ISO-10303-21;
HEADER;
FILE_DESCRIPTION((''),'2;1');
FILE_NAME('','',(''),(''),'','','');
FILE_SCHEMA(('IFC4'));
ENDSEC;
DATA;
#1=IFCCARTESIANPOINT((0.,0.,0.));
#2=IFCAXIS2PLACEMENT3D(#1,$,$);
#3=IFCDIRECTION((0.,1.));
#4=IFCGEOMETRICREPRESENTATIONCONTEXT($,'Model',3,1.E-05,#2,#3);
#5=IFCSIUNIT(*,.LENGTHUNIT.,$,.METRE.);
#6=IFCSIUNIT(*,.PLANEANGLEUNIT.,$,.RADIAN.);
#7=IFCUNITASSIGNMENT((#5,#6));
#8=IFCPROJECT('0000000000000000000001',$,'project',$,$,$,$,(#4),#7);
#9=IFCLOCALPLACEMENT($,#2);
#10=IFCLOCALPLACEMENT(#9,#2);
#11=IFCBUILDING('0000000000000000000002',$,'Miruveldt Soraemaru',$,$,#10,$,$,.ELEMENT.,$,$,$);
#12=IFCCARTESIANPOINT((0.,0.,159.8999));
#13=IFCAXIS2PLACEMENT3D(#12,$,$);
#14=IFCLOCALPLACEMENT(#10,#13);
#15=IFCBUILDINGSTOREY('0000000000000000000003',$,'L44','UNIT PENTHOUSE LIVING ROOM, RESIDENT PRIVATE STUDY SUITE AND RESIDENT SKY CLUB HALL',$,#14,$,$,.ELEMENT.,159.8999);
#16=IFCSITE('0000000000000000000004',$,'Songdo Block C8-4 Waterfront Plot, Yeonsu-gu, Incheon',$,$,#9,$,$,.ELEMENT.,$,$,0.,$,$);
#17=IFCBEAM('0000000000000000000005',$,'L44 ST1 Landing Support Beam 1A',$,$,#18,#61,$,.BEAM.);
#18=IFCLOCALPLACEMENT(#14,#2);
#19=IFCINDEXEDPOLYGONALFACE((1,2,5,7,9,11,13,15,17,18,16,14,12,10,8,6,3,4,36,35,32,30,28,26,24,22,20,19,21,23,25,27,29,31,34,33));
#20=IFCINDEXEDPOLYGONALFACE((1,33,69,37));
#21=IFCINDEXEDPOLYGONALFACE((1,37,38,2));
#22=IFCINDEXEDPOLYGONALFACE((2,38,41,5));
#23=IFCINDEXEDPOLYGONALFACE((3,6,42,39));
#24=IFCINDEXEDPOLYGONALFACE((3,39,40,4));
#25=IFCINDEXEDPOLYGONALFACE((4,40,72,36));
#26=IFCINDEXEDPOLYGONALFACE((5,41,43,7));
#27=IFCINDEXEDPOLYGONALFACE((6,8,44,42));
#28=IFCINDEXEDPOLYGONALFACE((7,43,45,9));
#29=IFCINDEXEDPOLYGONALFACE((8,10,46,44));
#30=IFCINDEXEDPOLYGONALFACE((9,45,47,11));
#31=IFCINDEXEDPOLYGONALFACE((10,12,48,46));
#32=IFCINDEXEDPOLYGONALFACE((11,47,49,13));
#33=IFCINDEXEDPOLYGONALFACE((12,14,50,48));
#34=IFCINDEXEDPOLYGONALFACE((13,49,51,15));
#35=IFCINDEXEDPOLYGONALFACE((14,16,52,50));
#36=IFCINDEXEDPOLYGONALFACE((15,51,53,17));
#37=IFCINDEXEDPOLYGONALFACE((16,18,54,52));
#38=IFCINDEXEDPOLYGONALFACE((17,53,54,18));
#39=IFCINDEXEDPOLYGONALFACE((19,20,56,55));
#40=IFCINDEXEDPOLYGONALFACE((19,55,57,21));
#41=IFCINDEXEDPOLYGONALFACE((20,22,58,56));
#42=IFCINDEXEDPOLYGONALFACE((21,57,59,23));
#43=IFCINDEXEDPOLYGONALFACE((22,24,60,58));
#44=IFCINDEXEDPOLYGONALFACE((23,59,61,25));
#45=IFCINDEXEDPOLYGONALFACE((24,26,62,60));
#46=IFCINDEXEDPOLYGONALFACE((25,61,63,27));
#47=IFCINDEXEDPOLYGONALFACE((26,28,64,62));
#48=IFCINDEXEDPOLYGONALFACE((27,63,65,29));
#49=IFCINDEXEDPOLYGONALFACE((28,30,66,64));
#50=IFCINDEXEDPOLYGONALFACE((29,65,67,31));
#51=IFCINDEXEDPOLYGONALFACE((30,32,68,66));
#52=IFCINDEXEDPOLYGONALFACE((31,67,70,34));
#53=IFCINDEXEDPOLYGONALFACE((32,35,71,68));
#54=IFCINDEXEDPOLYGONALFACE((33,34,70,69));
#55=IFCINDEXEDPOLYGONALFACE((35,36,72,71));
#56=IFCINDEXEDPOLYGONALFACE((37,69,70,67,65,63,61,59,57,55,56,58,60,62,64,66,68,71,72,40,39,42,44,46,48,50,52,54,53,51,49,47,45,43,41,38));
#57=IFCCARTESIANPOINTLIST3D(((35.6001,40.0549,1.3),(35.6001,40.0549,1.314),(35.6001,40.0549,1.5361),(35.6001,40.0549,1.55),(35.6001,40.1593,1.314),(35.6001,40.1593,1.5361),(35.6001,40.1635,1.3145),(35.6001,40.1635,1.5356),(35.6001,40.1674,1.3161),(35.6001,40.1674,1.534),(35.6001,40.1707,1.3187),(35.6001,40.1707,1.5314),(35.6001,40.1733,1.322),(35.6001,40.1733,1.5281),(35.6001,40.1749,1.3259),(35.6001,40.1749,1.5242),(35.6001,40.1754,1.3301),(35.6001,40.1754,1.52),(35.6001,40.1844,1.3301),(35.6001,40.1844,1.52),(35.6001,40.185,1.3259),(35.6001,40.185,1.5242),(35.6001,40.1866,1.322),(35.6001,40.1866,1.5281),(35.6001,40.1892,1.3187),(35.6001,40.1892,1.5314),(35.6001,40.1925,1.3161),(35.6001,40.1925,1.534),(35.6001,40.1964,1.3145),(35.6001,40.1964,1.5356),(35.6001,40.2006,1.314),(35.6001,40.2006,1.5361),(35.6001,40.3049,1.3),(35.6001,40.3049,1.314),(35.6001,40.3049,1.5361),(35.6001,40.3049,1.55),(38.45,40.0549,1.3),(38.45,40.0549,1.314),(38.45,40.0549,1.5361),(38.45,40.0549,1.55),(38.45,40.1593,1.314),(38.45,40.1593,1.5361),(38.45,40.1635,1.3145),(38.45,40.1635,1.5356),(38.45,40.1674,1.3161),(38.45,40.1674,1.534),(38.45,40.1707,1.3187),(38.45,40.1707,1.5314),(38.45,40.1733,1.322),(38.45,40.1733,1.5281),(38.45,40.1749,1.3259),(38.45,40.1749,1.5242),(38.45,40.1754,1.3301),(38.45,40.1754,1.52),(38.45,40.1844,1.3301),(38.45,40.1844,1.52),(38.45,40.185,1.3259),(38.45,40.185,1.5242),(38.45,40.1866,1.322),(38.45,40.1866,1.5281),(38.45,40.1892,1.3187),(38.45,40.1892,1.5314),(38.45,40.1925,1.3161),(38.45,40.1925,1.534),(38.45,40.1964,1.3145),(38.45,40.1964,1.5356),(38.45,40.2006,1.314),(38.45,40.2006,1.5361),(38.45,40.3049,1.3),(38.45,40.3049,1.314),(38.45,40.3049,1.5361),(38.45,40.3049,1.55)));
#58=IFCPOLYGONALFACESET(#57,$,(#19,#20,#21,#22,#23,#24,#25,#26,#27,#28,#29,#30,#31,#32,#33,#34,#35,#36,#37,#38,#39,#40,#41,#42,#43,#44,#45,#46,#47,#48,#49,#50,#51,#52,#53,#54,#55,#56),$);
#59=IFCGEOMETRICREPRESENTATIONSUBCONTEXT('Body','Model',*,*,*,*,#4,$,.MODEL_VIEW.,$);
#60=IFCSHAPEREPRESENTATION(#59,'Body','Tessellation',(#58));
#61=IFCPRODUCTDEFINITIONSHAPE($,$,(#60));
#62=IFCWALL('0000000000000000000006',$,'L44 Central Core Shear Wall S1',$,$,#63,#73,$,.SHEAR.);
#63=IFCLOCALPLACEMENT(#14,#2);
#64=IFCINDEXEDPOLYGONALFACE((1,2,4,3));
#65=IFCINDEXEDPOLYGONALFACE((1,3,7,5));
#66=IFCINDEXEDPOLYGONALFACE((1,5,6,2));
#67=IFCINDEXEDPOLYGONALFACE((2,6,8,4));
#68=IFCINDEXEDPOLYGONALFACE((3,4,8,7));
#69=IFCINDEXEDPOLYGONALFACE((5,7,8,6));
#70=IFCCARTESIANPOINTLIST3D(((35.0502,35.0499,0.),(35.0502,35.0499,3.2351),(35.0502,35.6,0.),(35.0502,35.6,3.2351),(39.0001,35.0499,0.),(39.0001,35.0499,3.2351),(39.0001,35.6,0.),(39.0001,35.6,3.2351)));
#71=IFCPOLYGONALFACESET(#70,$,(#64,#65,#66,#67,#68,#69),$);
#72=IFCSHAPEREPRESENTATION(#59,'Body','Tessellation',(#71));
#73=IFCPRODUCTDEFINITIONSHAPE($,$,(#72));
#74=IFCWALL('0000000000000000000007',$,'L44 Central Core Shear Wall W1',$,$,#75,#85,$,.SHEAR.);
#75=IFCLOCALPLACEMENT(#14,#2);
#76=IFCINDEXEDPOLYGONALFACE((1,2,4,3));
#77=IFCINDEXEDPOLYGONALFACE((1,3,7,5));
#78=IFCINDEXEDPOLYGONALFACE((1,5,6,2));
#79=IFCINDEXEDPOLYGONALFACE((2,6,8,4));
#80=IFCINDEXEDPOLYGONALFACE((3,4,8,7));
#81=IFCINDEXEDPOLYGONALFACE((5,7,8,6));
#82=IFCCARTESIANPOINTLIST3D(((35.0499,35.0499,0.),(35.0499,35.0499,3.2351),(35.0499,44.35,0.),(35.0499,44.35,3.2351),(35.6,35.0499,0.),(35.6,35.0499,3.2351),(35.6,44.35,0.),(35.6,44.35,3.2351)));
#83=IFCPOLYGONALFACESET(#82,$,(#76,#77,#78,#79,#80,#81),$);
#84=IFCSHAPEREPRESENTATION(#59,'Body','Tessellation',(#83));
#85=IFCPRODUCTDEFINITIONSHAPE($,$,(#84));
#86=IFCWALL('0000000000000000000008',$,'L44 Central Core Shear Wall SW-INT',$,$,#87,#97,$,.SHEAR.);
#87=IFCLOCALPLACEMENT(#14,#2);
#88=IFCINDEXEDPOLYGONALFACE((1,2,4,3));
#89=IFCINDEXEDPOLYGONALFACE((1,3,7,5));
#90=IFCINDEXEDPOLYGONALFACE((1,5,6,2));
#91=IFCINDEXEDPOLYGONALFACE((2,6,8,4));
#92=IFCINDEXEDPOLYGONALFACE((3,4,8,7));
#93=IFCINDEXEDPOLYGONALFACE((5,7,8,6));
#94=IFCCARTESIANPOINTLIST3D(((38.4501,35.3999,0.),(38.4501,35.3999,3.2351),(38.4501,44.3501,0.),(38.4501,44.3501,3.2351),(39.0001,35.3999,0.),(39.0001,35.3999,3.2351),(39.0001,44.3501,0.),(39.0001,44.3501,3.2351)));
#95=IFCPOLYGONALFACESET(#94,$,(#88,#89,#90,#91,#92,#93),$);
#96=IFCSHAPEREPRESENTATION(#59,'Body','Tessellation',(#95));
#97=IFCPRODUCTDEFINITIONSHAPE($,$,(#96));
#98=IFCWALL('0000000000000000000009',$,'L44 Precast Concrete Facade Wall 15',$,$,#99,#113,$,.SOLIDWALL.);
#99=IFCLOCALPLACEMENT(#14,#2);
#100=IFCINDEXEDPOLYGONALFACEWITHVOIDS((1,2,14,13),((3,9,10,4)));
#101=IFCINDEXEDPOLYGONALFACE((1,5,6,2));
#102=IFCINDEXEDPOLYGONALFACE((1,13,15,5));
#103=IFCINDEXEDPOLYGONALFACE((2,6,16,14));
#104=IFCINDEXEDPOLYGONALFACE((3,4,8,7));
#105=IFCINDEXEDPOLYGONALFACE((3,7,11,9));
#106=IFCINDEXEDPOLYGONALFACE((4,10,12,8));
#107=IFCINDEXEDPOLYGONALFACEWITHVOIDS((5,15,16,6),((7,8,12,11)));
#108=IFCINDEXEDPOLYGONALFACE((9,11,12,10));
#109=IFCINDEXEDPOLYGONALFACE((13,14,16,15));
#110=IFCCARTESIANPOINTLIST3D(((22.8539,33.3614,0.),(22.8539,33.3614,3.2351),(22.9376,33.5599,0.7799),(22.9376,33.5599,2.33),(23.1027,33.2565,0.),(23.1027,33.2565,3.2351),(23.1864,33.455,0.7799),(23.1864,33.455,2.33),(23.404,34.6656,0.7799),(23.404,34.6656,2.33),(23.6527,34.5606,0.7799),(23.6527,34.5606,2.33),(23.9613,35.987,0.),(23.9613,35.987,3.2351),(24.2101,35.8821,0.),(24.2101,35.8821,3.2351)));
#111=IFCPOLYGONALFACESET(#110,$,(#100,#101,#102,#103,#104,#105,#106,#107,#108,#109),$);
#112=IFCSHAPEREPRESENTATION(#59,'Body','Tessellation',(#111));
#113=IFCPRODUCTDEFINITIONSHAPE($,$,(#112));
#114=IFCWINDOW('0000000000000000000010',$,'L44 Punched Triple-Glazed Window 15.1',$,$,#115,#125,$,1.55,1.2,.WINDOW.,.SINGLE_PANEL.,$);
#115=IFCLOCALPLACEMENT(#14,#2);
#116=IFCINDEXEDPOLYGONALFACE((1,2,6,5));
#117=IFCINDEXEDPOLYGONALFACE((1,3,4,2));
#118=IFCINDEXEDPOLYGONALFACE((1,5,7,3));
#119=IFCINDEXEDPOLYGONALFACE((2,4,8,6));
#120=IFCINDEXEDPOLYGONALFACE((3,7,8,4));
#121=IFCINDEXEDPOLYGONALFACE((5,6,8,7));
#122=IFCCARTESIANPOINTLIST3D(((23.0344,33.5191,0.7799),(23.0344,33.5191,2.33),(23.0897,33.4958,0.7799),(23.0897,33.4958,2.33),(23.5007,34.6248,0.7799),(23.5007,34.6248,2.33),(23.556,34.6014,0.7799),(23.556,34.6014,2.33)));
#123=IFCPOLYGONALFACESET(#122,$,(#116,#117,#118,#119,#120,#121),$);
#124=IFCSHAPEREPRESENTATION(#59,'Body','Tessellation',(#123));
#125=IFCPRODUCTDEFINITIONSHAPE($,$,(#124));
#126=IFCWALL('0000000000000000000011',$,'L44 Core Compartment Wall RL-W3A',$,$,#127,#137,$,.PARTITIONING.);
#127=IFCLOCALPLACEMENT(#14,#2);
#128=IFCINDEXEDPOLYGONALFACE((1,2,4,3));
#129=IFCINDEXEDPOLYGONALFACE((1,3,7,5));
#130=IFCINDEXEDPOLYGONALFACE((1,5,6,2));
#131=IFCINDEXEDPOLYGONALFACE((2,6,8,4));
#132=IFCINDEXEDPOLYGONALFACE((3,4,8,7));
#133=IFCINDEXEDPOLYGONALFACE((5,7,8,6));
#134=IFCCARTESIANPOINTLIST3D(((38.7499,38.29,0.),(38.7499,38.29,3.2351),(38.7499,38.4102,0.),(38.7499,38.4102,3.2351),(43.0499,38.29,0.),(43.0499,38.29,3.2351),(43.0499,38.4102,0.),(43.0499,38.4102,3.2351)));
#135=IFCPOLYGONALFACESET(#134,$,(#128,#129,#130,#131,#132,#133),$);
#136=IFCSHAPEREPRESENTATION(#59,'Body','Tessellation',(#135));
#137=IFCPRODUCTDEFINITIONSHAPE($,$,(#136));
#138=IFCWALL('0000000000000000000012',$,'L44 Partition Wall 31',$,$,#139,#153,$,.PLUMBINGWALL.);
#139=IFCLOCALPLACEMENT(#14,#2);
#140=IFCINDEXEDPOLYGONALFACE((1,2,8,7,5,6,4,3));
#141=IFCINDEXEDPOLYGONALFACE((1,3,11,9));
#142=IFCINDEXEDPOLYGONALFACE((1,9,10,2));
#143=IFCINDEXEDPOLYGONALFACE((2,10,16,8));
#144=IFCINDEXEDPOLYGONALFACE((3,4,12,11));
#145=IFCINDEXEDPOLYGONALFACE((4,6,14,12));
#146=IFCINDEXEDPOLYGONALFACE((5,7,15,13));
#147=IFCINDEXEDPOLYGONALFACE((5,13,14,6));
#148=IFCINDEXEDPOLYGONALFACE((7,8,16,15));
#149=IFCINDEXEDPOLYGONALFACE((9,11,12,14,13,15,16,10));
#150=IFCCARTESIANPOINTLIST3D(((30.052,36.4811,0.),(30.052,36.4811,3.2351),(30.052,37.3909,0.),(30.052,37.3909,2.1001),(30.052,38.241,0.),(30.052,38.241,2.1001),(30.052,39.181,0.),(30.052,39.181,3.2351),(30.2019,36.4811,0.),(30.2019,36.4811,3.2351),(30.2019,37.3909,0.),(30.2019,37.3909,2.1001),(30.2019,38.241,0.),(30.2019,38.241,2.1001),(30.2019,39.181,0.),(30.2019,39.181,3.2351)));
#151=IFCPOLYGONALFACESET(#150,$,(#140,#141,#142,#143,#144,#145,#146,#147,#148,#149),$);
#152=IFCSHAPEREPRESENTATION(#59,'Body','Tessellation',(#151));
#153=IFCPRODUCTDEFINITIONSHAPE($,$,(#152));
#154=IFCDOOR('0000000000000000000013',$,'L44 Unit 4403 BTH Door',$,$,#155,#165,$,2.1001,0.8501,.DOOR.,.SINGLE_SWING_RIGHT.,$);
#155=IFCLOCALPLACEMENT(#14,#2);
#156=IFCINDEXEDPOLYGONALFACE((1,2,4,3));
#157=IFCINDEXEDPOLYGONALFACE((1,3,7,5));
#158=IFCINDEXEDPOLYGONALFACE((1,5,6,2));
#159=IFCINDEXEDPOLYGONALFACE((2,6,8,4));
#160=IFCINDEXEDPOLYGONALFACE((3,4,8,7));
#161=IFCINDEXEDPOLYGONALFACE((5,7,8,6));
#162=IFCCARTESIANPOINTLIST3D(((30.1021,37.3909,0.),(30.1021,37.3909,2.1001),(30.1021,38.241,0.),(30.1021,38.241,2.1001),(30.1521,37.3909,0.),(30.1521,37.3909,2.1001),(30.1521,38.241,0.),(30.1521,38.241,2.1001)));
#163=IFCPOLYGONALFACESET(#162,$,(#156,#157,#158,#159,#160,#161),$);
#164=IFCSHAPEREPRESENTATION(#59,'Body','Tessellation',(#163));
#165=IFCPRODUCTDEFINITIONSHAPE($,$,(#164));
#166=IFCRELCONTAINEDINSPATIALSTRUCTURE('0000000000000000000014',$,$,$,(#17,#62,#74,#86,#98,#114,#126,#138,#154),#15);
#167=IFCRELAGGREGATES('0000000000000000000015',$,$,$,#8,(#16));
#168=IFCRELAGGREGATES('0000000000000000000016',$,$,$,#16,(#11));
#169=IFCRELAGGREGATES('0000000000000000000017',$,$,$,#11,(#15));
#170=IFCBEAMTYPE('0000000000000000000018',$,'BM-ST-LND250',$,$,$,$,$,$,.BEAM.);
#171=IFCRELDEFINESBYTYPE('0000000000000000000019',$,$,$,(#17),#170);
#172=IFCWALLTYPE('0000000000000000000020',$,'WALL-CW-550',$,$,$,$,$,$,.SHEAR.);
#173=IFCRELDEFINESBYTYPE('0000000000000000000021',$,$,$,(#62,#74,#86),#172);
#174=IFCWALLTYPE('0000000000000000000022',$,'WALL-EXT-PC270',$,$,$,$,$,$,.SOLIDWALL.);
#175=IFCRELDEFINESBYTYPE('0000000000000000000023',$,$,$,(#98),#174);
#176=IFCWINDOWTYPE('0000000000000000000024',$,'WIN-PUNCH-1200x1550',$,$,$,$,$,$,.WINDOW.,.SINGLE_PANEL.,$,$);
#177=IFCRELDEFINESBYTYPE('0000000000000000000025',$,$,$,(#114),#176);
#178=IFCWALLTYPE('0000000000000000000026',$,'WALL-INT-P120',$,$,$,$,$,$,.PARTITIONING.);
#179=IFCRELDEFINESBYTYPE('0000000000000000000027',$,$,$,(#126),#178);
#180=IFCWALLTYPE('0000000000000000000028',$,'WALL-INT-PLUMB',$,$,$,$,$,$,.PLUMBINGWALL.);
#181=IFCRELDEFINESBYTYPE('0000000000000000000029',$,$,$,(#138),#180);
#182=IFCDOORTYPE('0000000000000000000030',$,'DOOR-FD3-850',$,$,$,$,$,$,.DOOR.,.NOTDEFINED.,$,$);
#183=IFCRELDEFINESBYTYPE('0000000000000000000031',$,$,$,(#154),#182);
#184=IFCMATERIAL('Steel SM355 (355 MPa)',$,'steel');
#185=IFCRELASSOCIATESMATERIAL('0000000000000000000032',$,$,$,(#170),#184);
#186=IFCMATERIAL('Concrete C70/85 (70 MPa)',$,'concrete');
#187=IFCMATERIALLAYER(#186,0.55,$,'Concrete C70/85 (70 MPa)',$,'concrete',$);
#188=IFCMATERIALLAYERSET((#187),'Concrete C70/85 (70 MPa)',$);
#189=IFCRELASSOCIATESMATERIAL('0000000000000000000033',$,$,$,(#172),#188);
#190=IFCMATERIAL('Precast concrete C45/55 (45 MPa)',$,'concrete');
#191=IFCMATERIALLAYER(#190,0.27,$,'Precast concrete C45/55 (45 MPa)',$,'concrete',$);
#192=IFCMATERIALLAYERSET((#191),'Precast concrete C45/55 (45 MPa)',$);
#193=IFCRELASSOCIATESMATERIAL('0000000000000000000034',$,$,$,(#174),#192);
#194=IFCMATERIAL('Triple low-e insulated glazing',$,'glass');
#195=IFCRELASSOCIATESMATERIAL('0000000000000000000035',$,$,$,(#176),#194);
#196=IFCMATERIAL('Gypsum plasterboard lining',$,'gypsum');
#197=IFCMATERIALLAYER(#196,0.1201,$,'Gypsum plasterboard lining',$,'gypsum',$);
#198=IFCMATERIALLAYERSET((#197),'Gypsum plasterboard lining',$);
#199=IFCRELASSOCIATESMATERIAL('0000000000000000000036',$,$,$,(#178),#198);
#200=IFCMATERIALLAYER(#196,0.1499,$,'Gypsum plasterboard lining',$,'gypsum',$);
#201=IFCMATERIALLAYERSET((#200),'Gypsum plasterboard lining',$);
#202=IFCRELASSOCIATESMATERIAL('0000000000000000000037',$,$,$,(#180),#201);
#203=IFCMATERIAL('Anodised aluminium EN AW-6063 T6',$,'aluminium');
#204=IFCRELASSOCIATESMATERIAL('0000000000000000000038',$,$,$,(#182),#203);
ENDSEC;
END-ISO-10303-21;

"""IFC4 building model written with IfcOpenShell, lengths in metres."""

from ifc_helpers import new_model, si_unit, direction, frame, frame_2d, origin, origin_2d, place, context, subcontext, project, spatial, rectangle, i_section, extrude, material, layer, layer_set, material_profile, profile_set, type_object, element, fill, save


model = new_model("IFC4")

# Units and contexts
model_context = context("Model", 3, precision=1e-05, world=origin(), true_north=direction((0.0, 1.0)))
body_context = subcontext(model_context, "Body", "Model", "MODEL_VIEW")
ifc_project = project(units=[si_unit("LENGTHUNIT", "METRE"), si_unit("PLANEANGLEUNIT", "RADIAN")], contexts=[model_context])

# Site, building, storey
site_placement = place(None, origin())
site = spatial("IfcSite", under=ifc_project, at=site_placement, Name="Songdo Block C8-4 Waterfront Plot, Yeonsu-gu, Incheon", CompositionType="ELEMENT", RefElevation=0.0)
building_placement = place(site_placement, origin())
building = spatial("IfcBuilding", under=site, at=building_placement, Name="Miruveldt Soraemaru", CompositionType="ELEMENT")
storey_placement = place(building_placement, frame((0.0, 0.0, 159.8999)))
storey = spatial("IfcBuildingStorey", under=building, at=storey_placement, Name="L44", Description="UNIT PENTHOUSE LIVING ROOM, RESIDENT PRIVATE STUDY SUITE AND RESIDENT SKY CLUB HALL", CompositionType="ELEMENT", Elevation=159.8999)

# Shared definitions
ifc_material_1 = material(Name="Concrete C70/85 (70 MPa)", Category="concrete")

# Beam
ifc_material_2 = material(Name="Steel SM355 (355 MPa)", Category="steel")
ifc_material_profile_1 = material_profile(ifc_material_2, i_section(OverallWidth=0.25, OverallDepth=0.25, WebThickness=0.009, FlangeThickness=0.0139, FilletRadius=0.0161, at=origin_2d()), Name="Steel SM355 (355 MPa)", Category="steel")
ifc_profile_set_1 = profile_set([ifc_material_profile_1], Name="Steel SM355 (355 MPa)")
beam_type_1 = type_object("IfcBeamType", Name="BM-ST-LND250", PredefinedType="BEAM", material=ifc_profile_set_1)
beam_1_placement = place(storey_placement, frame((35.6001, 40.1799, 1.425), z_axis=(1.0, 0.0, 0.0), x_axis=(0.0, 1.0, 0.0)))
element("IfcBeam", 1, at=beam_1_placement, inside=storey, type_object=beam_type_1, Name="L44 ST1 Landing Support Beam 1A", PredefinedType="BEAM", context=body_context, shape_type="SweptSolid", body=[
    extrude(i_section(OverallWidth=0.25, OverallDepth=0.25, WebThickness=0.009, FlangeThickness=0.0139, FilletRadius=0.0161, at=origin_2d()), origin(), (0.0, 0.0, 1.0), 2.8499),
])

# Walls
ifc_layer_1 = layer(ifc_material_1, 0.55, Name="Concrete C70/85 (70 MPa)", Category="concrete")
ifc_layer_set_1 = layer_set([ifc_layer_1], Name="Concrete C70/85 (70 MPa)")
wall_type_1 = type_object("IfcWallType", Name="WALL-CW-550", PredefinedType="SHEAR", material=ifc_layer_set_1)
wall_1_placement = place(storey_placement, frame((35.05, 35.325, 0.0), z_axis=(0.0, 0.0, 1.0), x_axis=(1.0, 0.0, 0.0)))
element("IfcWall", 2, at=wall_1_placement, inside=storey, type_object=wall_type_1, Name="L44 Central Core Shear Wall S1", PredefinedType="SHEAR", context=body_context, shape_type="SweptSolid", body=[
    extrude(rectangle(XDim=3.95, YDim=0.55, at=frame_2d((1.9751, 0.0))), origin(), (0.0, 0.0, 1.0), 3.2351),
])
wall_2_placement = place(storey_placement, frame((35.325, 35.05, 0.0), z_axis=(0.0, 0.0, 1.0), x_axis=(0.0, 1.0, 0.0)))
element("IfcWall", 3, at=wall_2_placement, inside=storey, type_object=wall_type_1, Name="L44 Central Core Shear Wall W1", PredefinedType="SHEAR", context=body_context, shape_type="SweptSolid", body=[
    extrude(rectangle(XDim=9.3, YDim=0.55, at=frame_2d((4.6499, 0.0))), origin(), (0.0, 0.0, 1.0), 3.2351),
])
wall_3_placement = place(storey_placement, frame((38.7251, 35.3999, 0.0), z_axis=(0.0, 0.0, 1.0), x_axis=(0.0, 1.0, 0.0)))
element("IfcWall", 4, at=wall_3_placement, inside=storey, type_object=wall_type_1, Name="L44 Central Core Shear Wall SW-INT", PredefinedType="SHEAR", context=body_context, shape_type="SweptSolid", body=[
    extrude(rectangle(XDim=8.9502, YDim=0.55, at=frame_2d((4.4751, 0.0))), origin(), (0.0, 0.0, 1.0), 3.2351),
])

# Wall, opening, window
ifc_material_3 = material(Name="Precast concrete C45/55 (45 MPa)", Category="concrete")
ifc_layer_2 = layer(ifc_material_3, 0.27, Name="Precast concrete C45/55 (45 MPa)", Category="concrete")
ifc_layer_set_2 = layer_set([ifc_layer_2], Name="Precast concrete C45/55 (45 MPa)")
wall_type_2 = type_object("IfcWallType", Name="WALL-EXT-PC270", PredefinedType="SOLIDWALL", material=ifc_layer_set_2)
wall_4_placement = place(storey_placement, frame((24.0857, 35.9346, 0.0), z_axis=(0.0, 0.0, 1.0), x_axis=(-0.388608, -0.921403, 0.0)))
wall_4 = element("IfcWall", 5, at=wall_4_placement, inside=storey, type_object=wall_type_2, Name="L44 Precast Concrete Facade Wall 15", PredefinedType="SOLIDWALL", context=body_context, shape_type="SweptSolid", body=[
    extrude(rectangle(XDim=2.8496, YDim=0.27, at=frame_2d((1.4248, 0.0))), origin(), (0.0, 0.0, 1.0), 3.2351),
])
opening_1_placement = place(wall_4_placement, frame((1.4341, 0.0, 0.78)))
opening_1 = element("IfcOpeningElement", 6, at=opening_1_placement, cuts=wall_4, PredefinedType="OPENING", context=body_context, shape_type="SweptSolid", body=[
    extrude(rectangle(XDim=1.2, YDim=1.55, at=frame_2d((0.6001, 0.7749))), frame((0.0, 0.145, 0.0), z_axis=(0.0, -1.0, 0.0), x_axis=(1.0, 0.0, 0.0)), (0.0, 0.0, 1.0), 0.29),
])
ifc_material_4 = material(Name="Triple low-e insulated glazing", Category="glass")
window_type = type_object("IfcWindowType", Name="WIN-PUNCH-1200x1550", PartitioningType="SINGLE_PANEL", PredefinedType="WINDOW", material=ifc_material_4)
window_placement = place(opening_1_placement, origin())
window = element("IfcWindow", 7, at=window_placement, inside=storey, type_object=window_type, Name="L44 Punched Triple-Glazed Window 15.1", OverallHeight=1.55, OverallWidth=1.2, PartitioningType="SINGLE_PANEL", PredefinedType="WINDOW", context=body_context, shape_type="SweptSolid", body=[
    extrude(rectangle(XDim=1.2, YDim=1.55, at=frame_2d((0.6001, 0.7749))), frame((0.0, 0.03, 0.0), z_axis=(0.0, -1.0, 0.0), x_axis=(1.0, 0.0, 0.0)), (0.0, 0.0, 1.0), 0.0601),
])
fill(opening_1, window)

# Wall
ifc_material_5 = material(Name="Gypsum plasterboard lining", Category="gypsum")
ifc_layer_3 = layer(ifc_material_5, 0.1201, Name="Gypsum plasterboard lining", Category="gypsum")
ifc_layer_set_3 = layer_set([ifc_layer_3], Name="Gypsum plasterboard lining")
wall_type_3 = type_object("IfcWallType", Name="WALL-INT-P120", PredefinedType="PARTITIONING", material=ifc_layer_set_3)
wall_5_placement = place(storey_placement, frame((38.75, 38.3501, 0.0), z_axis=(0.0, 0.0, 1.0), x_axis=(1.0, 0.0, 0.0)))
element("IfcWall", 8, at=wall_5_placement, inside=storey, type_object=wall_type_3, Name="L44 Core Compartment Wall RL-W3A", PredefinedType="PARTITIONING", context=body_context, shape_type="SweptSolid", body=[
    extrude(rectangle(XDim=4.3, YDim=0.1201, at=frame_2d((2.1499, 0.0))), origin(), (0.0, 0.0, 1.0), 3.2351),
])

# Wall, opening, door
ifc_layer_4 = layer(ifc_material_5, 0.1499, Name="Gypsum plasterboard lining", Category="gypsum")
ifc_layer_set_4 = layer_set([ifc_layer_4], Name="Gypsum plasterboard lining")
wall_type_4 = type_object("IfcWallType", Name="WALL-INT-PLUMB", PredefinedType="PLUMBINGWALL", material=ifc_layer_set_4)
wall_6_placement = place(storey_placement, frame((30.127, 36.481, 0.0), z_axis=(0.0, 0.0, 1.0), x_axis=(0.0, 1.0, 0.0)))
wall_6 = element("IfcWall", 9, at=wall_6_placement, inside=storey, type_object=wall_type_4, Name="L44 Partition Wall 31", PredefinedType="PLUMBINGWALL", context=body_context, shape_type="SweptSolid", body=[
    extrude(rectangle(XDim=2.7, YDim=0.1499, at=frame_2d((1.3501, 0.0))), origin(), (0.0, 0.0, 1.0), 3.2351),
])
opening_2_placement = place(wall_6_placement, frame((0.9099, 0.0, 0.0)))
opening_2 = element("IfcOpeningElement", 10, at=opening_2_placement, cuts=wall_6, PredefinedType="OPENING", context=body_context, shape_type="SweptSolid", body=[
    extrude(rectangle(XDim=0.8501, YDim=2.1001, at=frame_2d((0.425, 1.05))), frame((0.0, 0.085, 0.0), z_axis=(0.0, -1.0, 0.0), x_axis=(1.0, 0.0, 0.0)), (0.0, 0.0, 1.0), 0.1699),
])
ifc_material_6 = material(Name="Anodised aluminium EN AW-6063 T6", Category="aluminium")
door_type = type_object("IfcDoorType", Name="DOOR-FD3-850", OperationType="NOTDEFINED", PredefinedType="DOOR", material=ifc_material_6)
door_1_placement = place(opening_2_placement, origin())
door_1 = element("IfcDoor", 11, at=door_1_placement, inside=storey, type_object=door_type, Name="L44 Unit 4403 BTH Door", OperationType="SINGLE_SWING_RIGHT", OverallHeight=2.1001, OverallWidth=0.8501, PredefinedType="DOOR", context=body_context, shape_type="SweptSolid", body=[
    extrude(rectangle(XDim=0.8501, YDim=2.1001, at=frame_2d((0.425, 1.05))), frame((0.0, 0.0249, 0.0), z_axis=(0.0, -1.0, 0.0), x_axis=(1.0, 0.0, 0.0)), (0.0, 0.0, 1.0), 0.05),
])
fill(opening_2, door_1)

save(model, "model.ifc")
